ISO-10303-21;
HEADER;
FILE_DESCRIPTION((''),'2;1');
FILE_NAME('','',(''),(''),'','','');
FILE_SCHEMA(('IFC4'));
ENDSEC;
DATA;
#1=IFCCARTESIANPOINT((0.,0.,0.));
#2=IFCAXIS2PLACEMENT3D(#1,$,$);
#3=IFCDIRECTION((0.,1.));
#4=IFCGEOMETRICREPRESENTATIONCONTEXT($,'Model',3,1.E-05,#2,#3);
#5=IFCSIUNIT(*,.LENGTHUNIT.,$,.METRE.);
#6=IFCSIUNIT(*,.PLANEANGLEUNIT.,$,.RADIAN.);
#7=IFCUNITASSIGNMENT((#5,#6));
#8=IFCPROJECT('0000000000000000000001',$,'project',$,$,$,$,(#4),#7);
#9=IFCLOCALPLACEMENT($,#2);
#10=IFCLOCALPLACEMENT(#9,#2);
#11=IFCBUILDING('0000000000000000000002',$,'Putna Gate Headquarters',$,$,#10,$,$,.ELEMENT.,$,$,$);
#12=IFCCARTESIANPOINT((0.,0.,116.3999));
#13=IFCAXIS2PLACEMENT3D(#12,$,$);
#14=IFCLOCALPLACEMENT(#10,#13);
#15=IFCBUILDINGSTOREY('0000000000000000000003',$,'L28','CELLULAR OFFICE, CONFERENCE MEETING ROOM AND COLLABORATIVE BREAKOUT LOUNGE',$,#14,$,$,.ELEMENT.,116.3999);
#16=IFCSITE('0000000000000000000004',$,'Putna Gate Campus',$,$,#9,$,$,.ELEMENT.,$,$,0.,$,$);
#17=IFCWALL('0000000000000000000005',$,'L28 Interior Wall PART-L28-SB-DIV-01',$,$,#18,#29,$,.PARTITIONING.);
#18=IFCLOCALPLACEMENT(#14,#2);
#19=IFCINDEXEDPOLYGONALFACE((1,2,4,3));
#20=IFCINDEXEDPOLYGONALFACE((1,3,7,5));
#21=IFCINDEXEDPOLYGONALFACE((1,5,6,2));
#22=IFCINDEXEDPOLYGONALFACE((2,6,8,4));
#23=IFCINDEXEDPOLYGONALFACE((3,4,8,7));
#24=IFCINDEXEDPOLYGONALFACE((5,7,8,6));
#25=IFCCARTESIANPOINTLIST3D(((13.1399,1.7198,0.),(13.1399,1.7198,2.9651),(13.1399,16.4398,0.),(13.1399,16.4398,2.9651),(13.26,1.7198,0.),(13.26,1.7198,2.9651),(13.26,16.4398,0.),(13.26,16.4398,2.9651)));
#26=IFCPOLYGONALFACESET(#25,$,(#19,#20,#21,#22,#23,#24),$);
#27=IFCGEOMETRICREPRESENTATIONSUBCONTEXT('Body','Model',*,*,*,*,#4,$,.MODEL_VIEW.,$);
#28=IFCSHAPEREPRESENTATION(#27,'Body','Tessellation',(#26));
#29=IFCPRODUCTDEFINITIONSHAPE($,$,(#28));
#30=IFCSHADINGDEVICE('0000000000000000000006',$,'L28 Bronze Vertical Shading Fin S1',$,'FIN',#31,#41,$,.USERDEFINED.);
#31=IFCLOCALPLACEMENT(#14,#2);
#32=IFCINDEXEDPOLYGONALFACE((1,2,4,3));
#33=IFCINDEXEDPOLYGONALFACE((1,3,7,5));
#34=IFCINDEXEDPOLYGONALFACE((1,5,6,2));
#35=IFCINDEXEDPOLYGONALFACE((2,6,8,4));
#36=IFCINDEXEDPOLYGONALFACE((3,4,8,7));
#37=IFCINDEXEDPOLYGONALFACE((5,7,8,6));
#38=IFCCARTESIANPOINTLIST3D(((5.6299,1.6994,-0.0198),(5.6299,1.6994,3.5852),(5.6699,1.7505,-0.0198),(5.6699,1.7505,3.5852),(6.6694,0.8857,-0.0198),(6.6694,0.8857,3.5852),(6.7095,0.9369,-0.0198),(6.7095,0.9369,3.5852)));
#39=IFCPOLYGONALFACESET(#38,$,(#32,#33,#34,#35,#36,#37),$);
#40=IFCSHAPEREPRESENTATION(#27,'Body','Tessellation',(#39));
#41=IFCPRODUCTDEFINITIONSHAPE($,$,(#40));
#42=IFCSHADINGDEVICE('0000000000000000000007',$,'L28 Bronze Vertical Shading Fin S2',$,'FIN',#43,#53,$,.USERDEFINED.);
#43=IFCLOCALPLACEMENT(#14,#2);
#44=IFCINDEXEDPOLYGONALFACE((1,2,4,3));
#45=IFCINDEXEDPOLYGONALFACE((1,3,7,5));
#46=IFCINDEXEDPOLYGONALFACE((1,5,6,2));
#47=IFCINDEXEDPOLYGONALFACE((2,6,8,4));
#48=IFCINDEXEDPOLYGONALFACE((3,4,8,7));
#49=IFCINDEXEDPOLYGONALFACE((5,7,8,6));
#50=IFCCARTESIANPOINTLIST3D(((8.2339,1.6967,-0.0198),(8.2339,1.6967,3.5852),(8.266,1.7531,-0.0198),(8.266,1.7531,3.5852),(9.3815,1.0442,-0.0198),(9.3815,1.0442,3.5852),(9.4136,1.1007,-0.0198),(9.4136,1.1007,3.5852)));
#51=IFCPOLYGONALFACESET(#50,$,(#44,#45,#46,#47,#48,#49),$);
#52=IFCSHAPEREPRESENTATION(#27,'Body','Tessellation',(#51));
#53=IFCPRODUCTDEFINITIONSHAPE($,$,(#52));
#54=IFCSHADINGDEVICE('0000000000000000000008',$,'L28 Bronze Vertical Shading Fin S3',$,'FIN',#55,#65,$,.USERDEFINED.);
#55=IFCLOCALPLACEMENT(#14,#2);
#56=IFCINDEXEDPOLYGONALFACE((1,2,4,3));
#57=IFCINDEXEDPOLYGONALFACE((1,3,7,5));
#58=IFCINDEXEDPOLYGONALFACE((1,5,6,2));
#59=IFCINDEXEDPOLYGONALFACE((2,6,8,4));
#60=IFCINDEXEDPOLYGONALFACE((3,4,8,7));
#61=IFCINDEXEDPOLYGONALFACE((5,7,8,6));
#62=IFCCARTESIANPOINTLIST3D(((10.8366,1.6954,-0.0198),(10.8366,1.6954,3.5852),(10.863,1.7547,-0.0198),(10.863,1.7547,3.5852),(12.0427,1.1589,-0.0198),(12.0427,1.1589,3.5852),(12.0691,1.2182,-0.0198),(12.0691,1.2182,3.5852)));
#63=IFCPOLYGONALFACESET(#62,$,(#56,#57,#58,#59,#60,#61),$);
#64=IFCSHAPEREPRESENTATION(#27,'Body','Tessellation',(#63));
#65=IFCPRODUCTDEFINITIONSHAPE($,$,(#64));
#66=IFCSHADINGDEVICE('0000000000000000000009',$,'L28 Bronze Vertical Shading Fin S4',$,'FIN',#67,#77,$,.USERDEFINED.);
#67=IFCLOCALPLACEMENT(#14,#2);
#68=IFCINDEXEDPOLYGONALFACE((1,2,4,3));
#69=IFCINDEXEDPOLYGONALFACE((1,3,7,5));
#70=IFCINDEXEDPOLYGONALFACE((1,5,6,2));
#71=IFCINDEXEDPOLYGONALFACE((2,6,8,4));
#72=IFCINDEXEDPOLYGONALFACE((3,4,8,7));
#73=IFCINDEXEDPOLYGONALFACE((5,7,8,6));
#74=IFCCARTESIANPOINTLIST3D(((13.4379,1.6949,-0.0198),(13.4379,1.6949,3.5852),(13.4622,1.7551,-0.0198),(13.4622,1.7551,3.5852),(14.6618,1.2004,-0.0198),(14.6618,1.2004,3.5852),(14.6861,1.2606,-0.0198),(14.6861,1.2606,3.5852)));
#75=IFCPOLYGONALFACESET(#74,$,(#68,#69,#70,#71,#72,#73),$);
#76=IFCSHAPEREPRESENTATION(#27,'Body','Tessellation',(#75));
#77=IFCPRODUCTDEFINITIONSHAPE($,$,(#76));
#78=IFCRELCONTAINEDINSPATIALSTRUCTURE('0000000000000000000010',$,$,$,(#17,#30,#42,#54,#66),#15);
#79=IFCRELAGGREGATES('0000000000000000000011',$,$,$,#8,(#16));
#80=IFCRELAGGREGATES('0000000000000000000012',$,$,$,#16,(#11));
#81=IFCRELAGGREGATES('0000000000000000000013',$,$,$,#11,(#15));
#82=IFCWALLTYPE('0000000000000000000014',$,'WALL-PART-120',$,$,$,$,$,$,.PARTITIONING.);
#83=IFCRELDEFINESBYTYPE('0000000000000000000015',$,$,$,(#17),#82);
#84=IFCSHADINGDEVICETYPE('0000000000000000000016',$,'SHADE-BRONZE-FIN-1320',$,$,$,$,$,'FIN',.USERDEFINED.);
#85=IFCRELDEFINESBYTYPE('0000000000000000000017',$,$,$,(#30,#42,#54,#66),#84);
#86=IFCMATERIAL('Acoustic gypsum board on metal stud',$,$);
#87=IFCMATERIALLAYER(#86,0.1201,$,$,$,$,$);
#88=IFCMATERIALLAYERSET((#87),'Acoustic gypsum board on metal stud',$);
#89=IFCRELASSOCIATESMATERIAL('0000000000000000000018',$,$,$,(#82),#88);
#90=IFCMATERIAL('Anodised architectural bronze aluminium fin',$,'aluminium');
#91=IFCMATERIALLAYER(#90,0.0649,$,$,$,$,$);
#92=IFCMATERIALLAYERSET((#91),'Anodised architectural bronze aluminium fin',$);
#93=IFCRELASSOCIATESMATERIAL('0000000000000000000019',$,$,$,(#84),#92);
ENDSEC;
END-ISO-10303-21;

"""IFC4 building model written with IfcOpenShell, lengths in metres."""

from ifc_helpers import new_model, si_unit, direction, frame, frame_2d, origin, origin_2d, place, context, subcontext, project, spatial, rectangle, extrude, material, layer, layer_set, type_object, element, save


model = new_model("IFC4")

# Units and contexts
model_context = context("Model", 3, precision=1e-05, world=origin(), true_north=direction((0.0, 1.0)))
body_context = subcontext(model_context, "Body", "Model", "MODEL_VIEW")
ifc_project = project(units=[si_unit("LENGTHUNIT", "METRE"), si_unit("PLANEANGLEUNIT", "RADIAN")], contexts=[model_context])

# Site, building, storey
site_placement = place(None, origin())
site = spatial("IfcSite", under=ifc_project, at=site_placement, Name="Putna Gate Campus", CompositionType="ELEMENT", RefElevation=0.0)
building_placement = place(site_placement, origin())
building = spatial("IfcBuilding", under=site, at=building_placement, Name="Putna Gate Headquarters", CompositionType="ELEMENT")
storey_placement = place(building_placement, frame((0.0, 0.0, 116.3999)))
storey = spatial("IfcBuildingStorey", under=building, at=storey_placement, Name="L28", Description="CELLULAR OFFICE, CONFERENCE MEETING ROOM AND COLLABORATIVE BREAKOUT LOUNGE", CompositionType="ELEMENT", Elevation=116.3999)

# Wall
ifc_material_1 = material(Name="Acoustic gypsum board on metal stud")
ifc_layer_1 = layer(ifc_material_1, 0.1201)
ifc_layer_set_1 = layer_set([ifc_layer_1], Name="Acoustic gypsum board on metal stud")
wall_type_1 = type_object("IfcWallType", Name="WALL-PART-120", PredefinedType="PARTITIONING", material=ifc_layer_set_1)
wall_placement = place(storey_placement, frame((13.2, 1.72, 0.0), z_axis=(0.0, 0.0, 1.0), x_axis=(0.0, 1.0, 0.0)))
element("IfcWall", 1, at=wall_placement, inside=storey, type_object=wall_type_1, Name="L28 Interior Wall PART-L28-SB-DIV-01", PredefinedType="PARTITIONING", context=body_context, shape_type="SweptSolid", body=[
    extrude(rectangle(XDim=14.72, YDim=0.1201, at=frame_2d((7.3599, 0.0))), origin(), (0.0, 0.0, 1.0), 2.9651),
])

# Shading devices
ifc_material_2 = material(Name="Anodised architectural bronze aluminium fin", Category="aluminium")
ifc_layer_2 = layer(ifc_material_2, 0.0649)
ifc_layer_set_2 = layer_set([ifc_layer_2], Name="Anodised architectural bronze aluminium fin")
shading_device_type = type_object("IfcShadingDeviceType", Name="SHADE-BRONZE-FIN-1320", ElementType="FIN", PredefinedType="USERDEFINED", material=ifc_layer_set_2)
for number, where, z_axis, x_axis, name in (
    (2, (6.1697, 1.3181, -0.0198), (0.0, 0.0, 1.0), (0.787473, -0.616349, 0.0), "L28 Bronze Vertical Shading Fin S1"),
    (3, (8.8237, 1.3987, -0.0198), (0.0, 0.0, 1.0), (0.869322, -0.494245, 0.0), "L28 Bronze Vertical Shading Fin S2"),
    (4, (11.4529, 1.4568, -0.0198), (0.0, 0.0, 1.0), (0.913687, -0.406418, 0.0), "L28 Bronze Vertical Shading Fin S3"),
    (5, (14.062, 1.4778, -0.0198), (0.0, 0.0, 1.0), (0.927184, -0.374607, 0.0), "L28 Bronze Vertical Shading Fin S4"),
):
    element("IfcShadingDevice", number, at=place(storey_placement, frame(where, z_axis=z_axis, x_axis=x_axis)), inside=storey, type_object=shading_device_type, Name=name, ObjectType="FIN", PredefinedType="USERDEFINED", context=body_context, shape_type="SweptSolid", body=[
        extrude(rectangle(XDim=1.3201, YDim=0.0649, at=origin_2d()), origin(), (0.0, 0.0, 1.0), 3.605),
    ])

save(model, "model.ifc")
